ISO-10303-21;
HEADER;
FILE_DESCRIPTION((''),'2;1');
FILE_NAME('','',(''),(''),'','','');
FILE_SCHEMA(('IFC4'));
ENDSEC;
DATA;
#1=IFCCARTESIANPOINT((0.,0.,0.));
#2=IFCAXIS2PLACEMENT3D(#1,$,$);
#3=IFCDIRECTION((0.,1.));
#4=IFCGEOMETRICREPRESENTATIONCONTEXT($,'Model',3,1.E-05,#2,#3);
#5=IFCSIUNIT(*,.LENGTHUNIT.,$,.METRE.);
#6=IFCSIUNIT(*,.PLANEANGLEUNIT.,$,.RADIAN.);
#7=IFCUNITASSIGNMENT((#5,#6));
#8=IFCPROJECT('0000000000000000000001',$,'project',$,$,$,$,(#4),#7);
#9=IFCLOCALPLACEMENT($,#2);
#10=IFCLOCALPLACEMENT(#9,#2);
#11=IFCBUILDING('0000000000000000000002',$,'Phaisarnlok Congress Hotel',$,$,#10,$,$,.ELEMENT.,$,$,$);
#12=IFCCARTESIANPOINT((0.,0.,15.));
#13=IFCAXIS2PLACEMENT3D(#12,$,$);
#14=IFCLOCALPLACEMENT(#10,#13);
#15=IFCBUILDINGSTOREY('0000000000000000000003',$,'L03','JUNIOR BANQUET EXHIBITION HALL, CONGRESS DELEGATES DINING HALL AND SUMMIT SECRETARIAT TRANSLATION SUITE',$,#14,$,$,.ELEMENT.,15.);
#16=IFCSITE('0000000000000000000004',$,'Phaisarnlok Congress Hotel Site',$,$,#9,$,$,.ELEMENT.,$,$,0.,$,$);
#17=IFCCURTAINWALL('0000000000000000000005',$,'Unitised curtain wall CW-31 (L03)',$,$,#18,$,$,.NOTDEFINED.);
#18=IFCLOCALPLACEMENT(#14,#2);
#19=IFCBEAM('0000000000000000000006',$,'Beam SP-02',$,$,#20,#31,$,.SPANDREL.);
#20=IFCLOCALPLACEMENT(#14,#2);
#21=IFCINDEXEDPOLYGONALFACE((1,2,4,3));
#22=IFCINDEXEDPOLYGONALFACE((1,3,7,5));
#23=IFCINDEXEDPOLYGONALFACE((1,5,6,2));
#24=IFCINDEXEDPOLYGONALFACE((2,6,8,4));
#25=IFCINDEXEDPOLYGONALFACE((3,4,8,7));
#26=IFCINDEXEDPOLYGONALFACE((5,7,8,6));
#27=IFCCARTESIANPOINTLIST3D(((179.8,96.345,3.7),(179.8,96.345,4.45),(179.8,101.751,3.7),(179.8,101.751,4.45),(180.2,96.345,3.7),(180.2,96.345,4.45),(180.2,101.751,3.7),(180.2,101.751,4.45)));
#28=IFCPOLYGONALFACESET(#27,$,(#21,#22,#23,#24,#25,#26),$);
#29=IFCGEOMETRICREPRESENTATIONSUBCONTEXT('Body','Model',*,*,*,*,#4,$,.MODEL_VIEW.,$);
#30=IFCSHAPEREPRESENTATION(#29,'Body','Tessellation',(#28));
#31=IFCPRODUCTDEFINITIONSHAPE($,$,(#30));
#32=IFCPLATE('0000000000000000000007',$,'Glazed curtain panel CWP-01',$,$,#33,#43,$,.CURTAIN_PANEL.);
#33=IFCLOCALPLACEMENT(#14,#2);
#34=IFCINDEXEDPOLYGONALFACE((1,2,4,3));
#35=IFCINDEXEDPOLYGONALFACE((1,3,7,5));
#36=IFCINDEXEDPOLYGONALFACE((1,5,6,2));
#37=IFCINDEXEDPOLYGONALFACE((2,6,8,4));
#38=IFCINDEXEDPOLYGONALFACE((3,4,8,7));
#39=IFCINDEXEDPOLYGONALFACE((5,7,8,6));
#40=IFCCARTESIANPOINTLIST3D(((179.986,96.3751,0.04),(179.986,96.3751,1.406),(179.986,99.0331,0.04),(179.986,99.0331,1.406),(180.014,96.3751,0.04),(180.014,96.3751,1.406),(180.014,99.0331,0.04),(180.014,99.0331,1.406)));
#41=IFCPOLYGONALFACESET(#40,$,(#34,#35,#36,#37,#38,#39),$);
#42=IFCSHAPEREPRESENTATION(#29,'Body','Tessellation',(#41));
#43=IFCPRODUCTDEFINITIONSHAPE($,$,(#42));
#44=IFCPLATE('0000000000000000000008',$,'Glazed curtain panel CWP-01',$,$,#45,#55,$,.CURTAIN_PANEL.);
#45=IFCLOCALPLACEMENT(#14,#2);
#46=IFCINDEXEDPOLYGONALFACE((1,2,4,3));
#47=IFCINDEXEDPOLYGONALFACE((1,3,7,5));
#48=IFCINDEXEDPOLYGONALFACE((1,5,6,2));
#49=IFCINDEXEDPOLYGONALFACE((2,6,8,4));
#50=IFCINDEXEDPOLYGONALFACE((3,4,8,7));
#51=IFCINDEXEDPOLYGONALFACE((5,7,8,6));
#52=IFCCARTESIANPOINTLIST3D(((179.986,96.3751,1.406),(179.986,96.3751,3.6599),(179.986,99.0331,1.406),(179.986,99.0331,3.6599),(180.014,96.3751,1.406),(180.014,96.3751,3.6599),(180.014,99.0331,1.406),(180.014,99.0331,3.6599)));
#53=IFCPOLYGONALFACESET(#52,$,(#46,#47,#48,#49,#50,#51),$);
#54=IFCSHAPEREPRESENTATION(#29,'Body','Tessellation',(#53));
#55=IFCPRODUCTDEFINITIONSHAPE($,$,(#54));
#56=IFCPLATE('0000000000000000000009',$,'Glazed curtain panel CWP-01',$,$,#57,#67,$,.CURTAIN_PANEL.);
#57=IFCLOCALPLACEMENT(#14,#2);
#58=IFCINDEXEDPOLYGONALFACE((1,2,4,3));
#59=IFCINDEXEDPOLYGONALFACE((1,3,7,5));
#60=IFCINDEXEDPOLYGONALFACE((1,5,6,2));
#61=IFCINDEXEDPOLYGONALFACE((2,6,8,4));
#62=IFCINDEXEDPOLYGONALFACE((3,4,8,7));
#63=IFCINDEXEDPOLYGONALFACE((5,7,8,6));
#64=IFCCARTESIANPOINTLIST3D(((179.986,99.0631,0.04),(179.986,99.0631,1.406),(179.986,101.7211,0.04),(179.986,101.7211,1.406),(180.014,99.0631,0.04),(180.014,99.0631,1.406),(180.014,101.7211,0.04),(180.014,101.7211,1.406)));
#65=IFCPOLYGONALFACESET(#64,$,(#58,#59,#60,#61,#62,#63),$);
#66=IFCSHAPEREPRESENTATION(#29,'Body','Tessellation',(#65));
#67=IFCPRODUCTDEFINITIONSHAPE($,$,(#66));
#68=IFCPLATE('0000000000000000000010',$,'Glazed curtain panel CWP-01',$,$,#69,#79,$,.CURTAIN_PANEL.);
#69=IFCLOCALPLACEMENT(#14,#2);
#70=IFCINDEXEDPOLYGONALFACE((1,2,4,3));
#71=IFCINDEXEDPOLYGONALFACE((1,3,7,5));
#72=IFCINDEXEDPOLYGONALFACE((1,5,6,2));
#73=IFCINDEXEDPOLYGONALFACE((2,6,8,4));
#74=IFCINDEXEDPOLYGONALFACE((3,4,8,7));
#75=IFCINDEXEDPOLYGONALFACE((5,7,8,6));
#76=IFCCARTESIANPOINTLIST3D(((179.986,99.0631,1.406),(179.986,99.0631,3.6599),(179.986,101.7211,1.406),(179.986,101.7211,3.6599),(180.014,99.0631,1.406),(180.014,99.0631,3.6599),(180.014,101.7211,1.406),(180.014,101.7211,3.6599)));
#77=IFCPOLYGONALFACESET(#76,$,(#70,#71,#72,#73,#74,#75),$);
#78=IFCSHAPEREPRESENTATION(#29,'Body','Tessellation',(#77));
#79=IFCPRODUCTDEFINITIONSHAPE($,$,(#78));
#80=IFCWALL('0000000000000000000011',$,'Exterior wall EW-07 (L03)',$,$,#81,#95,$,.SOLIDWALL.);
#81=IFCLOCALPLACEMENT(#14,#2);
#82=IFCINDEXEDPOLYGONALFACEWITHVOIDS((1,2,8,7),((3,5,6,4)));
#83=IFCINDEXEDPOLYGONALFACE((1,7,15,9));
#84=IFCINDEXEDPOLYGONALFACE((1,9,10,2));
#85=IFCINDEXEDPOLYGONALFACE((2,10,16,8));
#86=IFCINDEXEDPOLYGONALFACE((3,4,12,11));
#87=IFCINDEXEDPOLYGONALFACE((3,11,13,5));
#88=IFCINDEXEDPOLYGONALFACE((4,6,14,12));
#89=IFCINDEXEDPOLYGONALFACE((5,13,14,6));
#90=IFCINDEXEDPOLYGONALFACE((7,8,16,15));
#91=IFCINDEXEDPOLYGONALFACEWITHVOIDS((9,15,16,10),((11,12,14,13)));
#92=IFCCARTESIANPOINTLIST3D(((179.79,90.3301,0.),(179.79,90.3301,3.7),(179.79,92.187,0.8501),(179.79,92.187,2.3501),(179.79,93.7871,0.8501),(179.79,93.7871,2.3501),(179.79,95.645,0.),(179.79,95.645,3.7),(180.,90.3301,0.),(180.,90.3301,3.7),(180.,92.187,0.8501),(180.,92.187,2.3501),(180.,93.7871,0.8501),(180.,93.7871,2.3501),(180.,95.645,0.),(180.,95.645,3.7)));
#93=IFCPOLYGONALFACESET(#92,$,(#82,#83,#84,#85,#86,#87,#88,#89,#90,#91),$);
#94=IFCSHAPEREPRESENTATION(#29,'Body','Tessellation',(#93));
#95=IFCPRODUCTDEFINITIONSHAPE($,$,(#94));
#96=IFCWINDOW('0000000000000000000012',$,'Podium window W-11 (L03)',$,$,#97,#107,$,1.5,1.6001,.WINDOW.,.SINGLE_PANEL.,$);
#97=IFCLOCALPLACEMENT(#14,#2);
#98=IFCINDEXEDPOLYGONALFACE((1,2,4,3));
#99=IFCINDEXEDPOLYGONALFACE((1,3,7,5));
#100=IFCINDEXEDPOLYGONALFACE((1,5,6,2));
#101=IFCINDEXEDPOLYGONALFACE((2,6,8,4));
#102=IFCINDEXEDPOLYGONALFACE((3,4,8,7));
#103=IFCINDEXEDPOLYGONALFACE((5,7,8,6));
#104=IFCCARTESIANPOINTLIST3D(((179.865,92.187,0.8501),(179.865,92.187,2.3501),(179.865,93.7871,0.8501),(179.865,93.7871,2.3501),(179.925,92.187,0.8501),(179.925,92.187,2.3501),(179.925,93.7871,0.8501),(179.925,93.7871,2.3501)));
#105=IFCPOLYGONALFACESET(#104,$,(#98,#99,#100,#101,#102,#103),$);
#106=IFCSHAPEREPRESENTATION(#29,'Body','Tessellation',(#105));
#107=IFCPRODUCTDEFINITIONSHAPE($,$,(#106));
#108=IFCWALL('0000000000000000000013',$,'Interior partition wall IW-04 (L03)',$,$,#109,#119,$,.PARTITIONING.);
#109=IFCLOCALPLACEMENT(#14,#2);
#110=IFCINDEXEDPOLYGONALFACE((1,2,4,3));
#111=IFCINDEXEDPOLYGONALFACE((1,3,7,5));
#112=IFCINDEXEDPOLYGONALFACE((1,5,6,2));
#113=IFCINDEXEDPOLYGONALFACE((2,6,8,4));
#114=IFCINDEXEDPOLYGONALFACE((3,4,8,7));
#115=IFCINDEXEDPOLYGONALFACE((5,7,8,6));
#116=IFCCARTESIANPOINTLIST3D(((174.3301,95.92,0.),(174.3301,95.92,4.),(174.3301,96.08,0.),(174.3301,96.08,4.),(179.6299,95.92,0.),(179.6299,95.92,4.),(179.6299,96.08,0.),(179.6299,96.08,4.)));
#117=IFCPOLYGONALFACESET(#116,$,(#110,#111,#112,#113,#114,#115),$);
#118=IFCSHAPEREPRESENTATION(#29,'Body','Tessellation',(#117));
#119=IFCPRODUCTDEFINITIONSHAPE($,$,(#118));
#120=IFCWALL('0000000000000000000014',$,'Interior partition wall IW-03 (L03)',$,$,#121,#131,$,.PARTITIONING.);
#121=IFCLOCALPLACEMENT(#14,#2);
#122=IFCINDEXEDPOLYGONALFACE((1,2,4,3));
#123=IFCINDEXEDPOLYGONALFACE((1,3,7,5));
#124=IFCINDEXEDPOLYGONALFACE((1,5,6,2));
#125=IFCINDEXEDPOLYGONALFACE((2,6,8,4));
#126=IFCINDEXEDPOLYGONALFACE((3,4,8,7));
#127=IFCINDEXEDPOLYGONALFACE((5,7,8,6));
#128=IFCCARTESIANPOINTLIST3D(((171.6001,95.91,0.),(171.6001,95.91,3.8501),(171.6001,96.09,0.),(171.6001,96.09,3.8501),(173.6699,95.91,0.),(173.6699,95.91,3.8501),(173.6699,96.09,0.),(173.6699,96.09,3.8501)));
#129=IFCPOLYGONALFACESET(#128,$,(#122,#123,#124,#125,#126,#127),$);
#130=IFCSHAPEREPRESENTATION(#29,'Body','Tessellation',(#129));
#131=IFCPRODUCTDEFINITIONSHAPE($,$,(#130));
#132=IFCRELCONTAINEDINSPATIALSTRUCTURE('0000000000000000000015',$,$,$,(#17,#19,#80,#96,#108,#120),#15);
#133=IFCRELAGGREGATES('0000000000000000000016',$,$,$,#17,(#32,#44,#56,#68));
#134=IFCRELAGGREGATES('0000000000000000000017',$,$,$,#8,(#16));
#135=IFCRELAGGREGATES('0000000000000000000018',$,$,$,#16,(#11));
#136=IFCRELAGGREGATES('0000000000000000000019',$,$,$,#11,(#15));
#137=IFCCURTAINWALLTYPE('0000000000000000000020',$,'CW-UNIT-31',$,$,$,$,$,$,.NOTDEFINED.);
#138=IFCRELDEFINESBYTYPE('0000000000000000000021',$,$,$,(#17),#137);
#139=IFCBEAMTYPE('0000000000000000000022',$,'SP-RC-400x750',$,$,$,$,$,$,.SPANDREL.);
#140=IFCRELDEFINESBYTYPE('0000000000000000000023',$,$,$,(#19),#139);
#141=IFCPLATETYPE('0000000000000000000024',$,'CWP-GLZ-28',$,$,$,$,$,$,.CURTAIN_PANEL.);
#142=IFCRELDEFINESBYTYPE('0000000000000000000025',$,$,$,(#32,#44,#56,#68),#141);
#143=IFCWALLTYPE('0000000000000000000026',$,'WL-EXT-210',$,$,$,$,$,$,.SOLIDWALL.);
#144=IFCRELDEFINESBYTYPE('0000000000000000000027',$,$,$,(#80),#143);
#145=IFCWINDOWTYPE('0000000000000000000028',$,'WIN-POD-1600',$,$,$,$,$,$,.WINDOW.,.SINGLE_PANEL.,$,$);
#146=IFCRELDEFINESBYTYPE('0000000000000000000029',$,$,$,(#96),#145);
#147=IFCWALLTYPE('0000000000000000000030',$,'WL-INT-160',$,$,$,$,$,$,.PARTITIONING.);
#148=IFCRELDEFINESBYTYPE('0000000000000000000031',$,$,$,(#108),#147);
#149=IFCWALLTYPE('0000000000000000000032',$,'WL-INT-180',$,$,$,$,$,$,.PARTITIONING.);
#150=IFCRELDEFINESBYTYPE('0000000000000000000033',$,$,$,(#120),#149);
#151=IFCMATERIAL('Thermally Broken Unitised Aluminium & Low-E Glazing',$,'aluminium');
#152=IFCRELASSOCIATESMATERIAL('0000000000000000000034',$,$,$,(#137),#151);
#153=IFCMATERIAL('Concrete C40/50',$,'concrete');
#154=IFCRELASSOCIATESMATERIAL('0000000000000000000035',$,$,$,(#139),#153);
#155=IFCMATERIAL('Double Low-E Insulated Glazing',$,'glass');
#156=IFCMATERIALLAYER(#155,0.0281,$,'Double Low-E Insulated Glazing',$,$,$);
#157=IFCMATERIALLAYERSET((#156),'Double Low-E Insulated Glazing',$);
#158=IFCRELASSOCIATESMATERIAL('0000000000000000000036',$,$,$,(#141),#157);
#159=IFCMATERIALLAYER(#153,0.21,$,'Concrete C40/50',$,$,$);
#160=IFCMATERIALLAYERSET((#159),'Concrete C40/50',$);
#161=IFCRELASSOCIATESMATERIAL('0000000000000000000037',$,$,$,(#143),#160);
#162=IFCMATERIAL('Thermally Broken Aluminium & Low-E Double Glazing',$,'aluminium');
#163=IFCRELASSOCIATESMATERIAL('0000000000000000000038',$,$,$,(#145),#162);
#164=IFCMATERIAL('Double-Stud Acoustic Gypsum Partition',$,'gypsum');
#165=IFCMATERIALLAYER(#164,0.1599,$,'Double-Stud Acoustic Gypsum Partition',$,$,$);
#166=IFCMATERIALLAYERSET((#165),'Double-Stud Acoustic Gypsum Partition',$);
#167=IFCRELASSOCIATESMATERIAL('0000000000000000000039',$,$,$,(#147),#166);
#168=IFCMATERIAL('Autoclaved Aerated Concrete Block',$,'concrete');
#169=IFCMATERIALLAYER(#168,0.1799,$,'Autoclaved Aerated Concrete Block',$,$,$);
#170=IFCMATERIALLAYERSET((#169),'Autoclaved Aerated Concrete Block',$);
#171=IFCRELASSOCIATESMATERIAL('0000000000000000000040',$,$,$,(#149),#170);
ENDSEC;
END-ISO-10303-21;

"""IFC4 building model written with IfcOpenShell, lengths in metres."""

from ifc_helpers import new_model, si_unit, direction, frame, frame_2d, origin, origin_2d, place, context, subcontext, project, spatial, rectangle, extrude, material, layer, layer_set, material_profile, profile_set, type_object, element, fill, aggregate, save


model = new_model("IFC4")

# Units and contexts
model_context = context("Model", 3, precision=1e-05, world=origin(), true_north=direction((0.0, 1.0)))
body_context = subcontext(model_context, "Body", "Model", "MODEL_VIEW")
ifc_project = project(units=[si_unit("LENGTHUNIT", "METRE"), si_unit("PLANEANGLEUNIT", "RADIAN")], contexts=[model_context])

# Site, building, storey
site_placement = place(None, origin())
site = spatial("IfcSite", under=ifc_project, at=site_placement, Name="Phaisarnlok Congress Hotel Site", CompositionType="ELEMENT", RefElevation=0.0)
building_placement = place(site_placement, origin())
building = spatial("IfcBuilding", under=site, at=building_placement, Name="Phaisarnlok Congress Hotel", CompositionType="ELEMENT")
storey_placement = place(building_placement, frame((0.0, 0.0, 15.0)))
storey = spatial("IfcBuildingStorey", under=building, at=storey_placement, Name="L03", Description="JUNIOR BANQUET EXHIBITION HALL, CONGRESS DELEGATES DINING HALL AND SUMMIT SECRETARIAT TRANSLATION SUITE", CompositionType="ELEMENT", Elevation=15.0)

# Shared definitions
ifc_material_1 = material(Name="Concrete C40/50", Category="concrete")

# Curtain wall
ifc_material_2 = material(Name="Thermally Broken Unitised Aluminium & Low-E Glazing", Category="aluminium")
curtain_wall_type = type_object("IfcCurtainWallType", Name="CW-UNIT-31", PredefinedType="NOTDEFINED", material=ifc_material_2)
curtain_wall_placement = place(storey_placement, origin())
curtain_wall = element("IfcCurtainWall", 1, at=curtain_wall_placement, inside=storey, type_object=curtain_wall_type, Name="Unitised curtain wall CW-31 (L03)", PredefinedType="NOTDEFINED")

# Beam
ifc_material_profile_1 = material_profile(ifc_material_1, rectangle(XDim=0.3999, YDim=0.75, at=origin_2d()), Name="RC 400x750")
ifc_profile_set_1 = profile_set([ifc_material_profile_1], Name="Concrete C40/50")
beam_type_1 = type_object("IfcBeamType", Name="SP-RC-400x750", PredefinedType="SPANDREL", material=ifc_profile_set_1)
beam_1_placement = place(storey_placement, frame((180.0, 96.345, 4.075), z_axis=(0.0, 1.0, 0.0), x_axis=(-1.0, 0.0, 0.0)))
element("IfcBeam", 2, at=beam_1_placement, inside=storey, type_object=beam_type_1, Name="Beam SP-02", PredefinedType="SPANDREL", context=body_context, shape_type="SweptSolid", body=[
    extrude(rectangle(XDim=0.3999, YDim=0.75, at=origin_2d()), origin(), (0.0, 0.0, 1.0), 5.406),
])

# Plates
ifc_material_3 = material(Name="Double Low-E Insulated Glazing", Category="glass")
ifc_layer_1 = layer(ifc_material_3, 0.0281, Name="Double Low-E Insulated Glazing")
ifc_layer_set_1 = layer_set([ifc_layer_1], Name="Double Low-E Insulated Glazing")
plate_type = type_object("IfcPlateType", Name="CWP-GLZ-28", PredefinedType="CURTAIN_PANEL", material=ifc_layer_set_1)
plate_1_placement = place(storey_placement, frame((180.0, 96.375, 0.04), z_axis=(0.0, 0.0, 1.0), x_axis=(0.0, 1.0, 0.0)))
plate_1 = element("IfcPlate", 3, at=plate_1_placement, type_object=plate_type, Name="Glazed curtain panel CWP-01", PredefinedType="CURTAIN_PANEL", context=body_context, shape_type="SweptSolid", body=[
    extrude(rectangle(XDim=2.658, YDim=0.0281, at=frame_2d((1.3291, 0.0))), origin(), (0.0, 0.0, 1.0), 1.366),
])
plate_2_placement = place(storey_placement, frame((180.0, 96.375, 1.406), z_axis=(0.0, 0.0, 1.0), x_axis=(0.0, 1.0, 0.0)))
plate_2 = element("IfcPlate", 4, at=plate_2_placement, type_object=plate_type, Name="Glazed curtain panel CWP-01", PredefinedType="CURTAIN_PANEL", context=body_context, shape_type="SweptSolid", body=[
    extrude(rectangle(XDim=2.658, YDim=0.0281, at=frame_2d((1.3291, 0.0))), origin(), (0.0, 0.0, 1.0), 2.2539),
])
plate_3_placement = place(storey_placement, frame((180.0, 99.063, 0.04), z_axis=(0.0, 0.0, 1.0), x_axis=(0.0, 1.0, 0.0)))
plate_3 = element("IfcPlate", 5, at=plate_3_placement, type_object=plate_type, Name="Glazed curtain panel CWP-01", PredefinedType="CURTAIN_PANEL", context=body_context, shape_type="SweptSolid", body=[
    extrude(rectangle(XDim=2.658, YDim=0.0281, at=frame_2d((1.3291, 0.0))), origin(), (0.0, 0.0, 1.0), 1.366),
])
plate_4_placement = place(storey_placement, frame((180.0, 99.063, 1.406), z_axis=(0.0, 0.0, 1.0), x_axis=(0.0, 1.0, 0.0)))
plate_4 = element("IfcPlate", 6, at=plate_4_placement, type_object=plate_type, Name="Glazed curtain panel CWP-01", PredefinedType="CURTAIN_PANEL", context=body_context, shape_type="SweptSolid", body=[
    extrude(rectangle(XDim=2.658, YDim=0.0281, at=frame_2d((1.3291, 0.0))), origin(), (0.0, 0.0, 1.0), 2.2539),
])
aggregate(curtain_wall, [plate_1, plate_2, plate_3, plate_4])

# Wall, opening, window
ifc_layer_2 = layer(ifc_material_1, 0.21, Name="Concrete C40/50")
ifc_layer_set_2 = layer_set([ifc_layer_2], Name="Concrete C40/50")
wall_type_1 = type_object("IfcWallType", Name="WL-EXT-210", PredefinedType="SOLIDWALL", material=ifc_layer_set_2)
wall_1_placement = place(storey_placement, frame((179.895, 90.3301, 0.0), z_axis=(0.0, 0.0, 1.0), x_axis=(0.0, 1.0, 0.0)))
wall_1 = element("IfcWall", 7, at=wall_1_placement, inside=storey, type_object=wall_type_1, Name="Exterior wall EW-07 (L03)", PredefinedType="SOLIDWALL", context=body_context, shape_type="SweptSolid", body=[
    extrude(rectangle(XDim=5.3149, YDim=0.21, at=frame_2d((2.6575, 0.0))), origin(), (0.0, 0.0, 1.0), 3.7),
])
opening_placement = place(wall_1_placement, frame((1.8569, 0.0, 0.8501)))
opening = element("IfcOpeningElement", 8, at=opening_placement, cuts=wall_1, PredefinedType="OPENING", context=body_context, shape_type="SweptSolid", body=[
    extrude(rectangle(XDim=1.6001, YDim=1.5, at=frame_2d((0.8, 0.75))), frame((0.0, 0.115, 0.0), z_axis=(0.0, -1.0, 0.0), x_axis=(1.0, 0.0, 0.0)), (0.0, 0.0, 1.0), 0.23),
])
ifc_material_4 = material(Name="Thermally Broken Aluminium & Low-E Double Glazing", Category="aluminium")
window_type = type_object("IfcWindowType", Name="WIN-POD-1600", PartitioningType="SINGLE_PANEL", PredefinedType="WINDOW", material=ifc_material_4)
window_placement = place(opening_placement, origin())
window = element("IfcWindow", 9, at=window_placement, inside=storey, type_object=window_type, Name="Podium window W-11 (L03)", OverallHeight=1.5, OverallWidth=1.6001, PartitioningType="SINGLE_PANEL", PredefinedType="WINDOW", context=body_context, shape_type="SweptSolid", body=[
    extrude(rectangle(XDim=1.6001, YDim=1.5, at=frame_2d((0.8, 0.75))), frame((0.0, 0.03, 0.0), z_axis=(0.0, -1.0, 0.0), x_axis=(1.0, 0.0, 0.0)), (0.0, 0.0, 1.0), 0.0601),
])
fill(opening, window)

# Walls
ifc_material_5 = material(Name="Double-Stud Acoustic Gypsum Partition", Category="gypsum")
ifc_layer_3 = layer(ifc_material_5, 0.1599, Name="Double-Stud Acoustic Gypsum Partition")
ifc_layer_set_3 = layer_set([ifc_layer_3], Name="Double-Stud Acoustic Gypsum Partition")
wall_type_2 = type_object("IfcWallType", Name="WL-INT-160", PredefinedType="PARTITIONING", material=ifc_layer_set_3)
wall_2_placement = place(storey_placement, frame((174.3301, 96.0, 0.0), z_axis=(0.0, 0.0, 1.0), x_axis=(1.0, 0.0, 0.0)))
element("IfcWall", 10, at=wall_2_placement, inside=storey, type_object=wall_type_2, Name="Interior partition wall IW-04 (L03)", PredefinedType="PARTITIONING", context=body_context, shape_type="SweptSolid", body=[
    extrude(rectangle(XDim=5.2998, YDim=0.1599, at=frame_2d((2.6499, 0.0))), origin(), (0.0, 0.0, 1.0), 4.0),
])
ifc_material_6 = material(Name="Autoclaved Aerated Concrete Block", Category="concrete")
ifc_layer_4 = layer(ifc_material_6, 0.1799, Name="Autoclaved Aerated Concrete Block")
ifc_layer_set_4 = layer_set([ifc_layer_4], Name="Autoclaved Aerated Concrete Block")
wall_type_3 = type_object("IfcWallType", Name="WL-INT-180", PredefinedType="PARTITIONING", material=ifc_layer_set_4)
wall_3_placement = place(storey_placement, frame((171.6001, 96.0, 0.0), z_axis=(0.0, 0.0, 1.0), x_axis=(1.0, 0.0, 0.0)))
element("IfcWall", 11, at=wall_3_placement, inside=storey, type_object=wall_type_3, Name="Interior partition wall IW-03 (L03)", PredefinedType="PARTITIONING", context=body_context, shape_type="SweptSolid", body=[
    extrude(rectangle(XDim=2.0698, YDim=0.1799, at=frame_2d((1.0349, 0.0))), origin(), (0.0, 0.0, 1.0), 3.8501),
])

save(model, "model.ifc")
